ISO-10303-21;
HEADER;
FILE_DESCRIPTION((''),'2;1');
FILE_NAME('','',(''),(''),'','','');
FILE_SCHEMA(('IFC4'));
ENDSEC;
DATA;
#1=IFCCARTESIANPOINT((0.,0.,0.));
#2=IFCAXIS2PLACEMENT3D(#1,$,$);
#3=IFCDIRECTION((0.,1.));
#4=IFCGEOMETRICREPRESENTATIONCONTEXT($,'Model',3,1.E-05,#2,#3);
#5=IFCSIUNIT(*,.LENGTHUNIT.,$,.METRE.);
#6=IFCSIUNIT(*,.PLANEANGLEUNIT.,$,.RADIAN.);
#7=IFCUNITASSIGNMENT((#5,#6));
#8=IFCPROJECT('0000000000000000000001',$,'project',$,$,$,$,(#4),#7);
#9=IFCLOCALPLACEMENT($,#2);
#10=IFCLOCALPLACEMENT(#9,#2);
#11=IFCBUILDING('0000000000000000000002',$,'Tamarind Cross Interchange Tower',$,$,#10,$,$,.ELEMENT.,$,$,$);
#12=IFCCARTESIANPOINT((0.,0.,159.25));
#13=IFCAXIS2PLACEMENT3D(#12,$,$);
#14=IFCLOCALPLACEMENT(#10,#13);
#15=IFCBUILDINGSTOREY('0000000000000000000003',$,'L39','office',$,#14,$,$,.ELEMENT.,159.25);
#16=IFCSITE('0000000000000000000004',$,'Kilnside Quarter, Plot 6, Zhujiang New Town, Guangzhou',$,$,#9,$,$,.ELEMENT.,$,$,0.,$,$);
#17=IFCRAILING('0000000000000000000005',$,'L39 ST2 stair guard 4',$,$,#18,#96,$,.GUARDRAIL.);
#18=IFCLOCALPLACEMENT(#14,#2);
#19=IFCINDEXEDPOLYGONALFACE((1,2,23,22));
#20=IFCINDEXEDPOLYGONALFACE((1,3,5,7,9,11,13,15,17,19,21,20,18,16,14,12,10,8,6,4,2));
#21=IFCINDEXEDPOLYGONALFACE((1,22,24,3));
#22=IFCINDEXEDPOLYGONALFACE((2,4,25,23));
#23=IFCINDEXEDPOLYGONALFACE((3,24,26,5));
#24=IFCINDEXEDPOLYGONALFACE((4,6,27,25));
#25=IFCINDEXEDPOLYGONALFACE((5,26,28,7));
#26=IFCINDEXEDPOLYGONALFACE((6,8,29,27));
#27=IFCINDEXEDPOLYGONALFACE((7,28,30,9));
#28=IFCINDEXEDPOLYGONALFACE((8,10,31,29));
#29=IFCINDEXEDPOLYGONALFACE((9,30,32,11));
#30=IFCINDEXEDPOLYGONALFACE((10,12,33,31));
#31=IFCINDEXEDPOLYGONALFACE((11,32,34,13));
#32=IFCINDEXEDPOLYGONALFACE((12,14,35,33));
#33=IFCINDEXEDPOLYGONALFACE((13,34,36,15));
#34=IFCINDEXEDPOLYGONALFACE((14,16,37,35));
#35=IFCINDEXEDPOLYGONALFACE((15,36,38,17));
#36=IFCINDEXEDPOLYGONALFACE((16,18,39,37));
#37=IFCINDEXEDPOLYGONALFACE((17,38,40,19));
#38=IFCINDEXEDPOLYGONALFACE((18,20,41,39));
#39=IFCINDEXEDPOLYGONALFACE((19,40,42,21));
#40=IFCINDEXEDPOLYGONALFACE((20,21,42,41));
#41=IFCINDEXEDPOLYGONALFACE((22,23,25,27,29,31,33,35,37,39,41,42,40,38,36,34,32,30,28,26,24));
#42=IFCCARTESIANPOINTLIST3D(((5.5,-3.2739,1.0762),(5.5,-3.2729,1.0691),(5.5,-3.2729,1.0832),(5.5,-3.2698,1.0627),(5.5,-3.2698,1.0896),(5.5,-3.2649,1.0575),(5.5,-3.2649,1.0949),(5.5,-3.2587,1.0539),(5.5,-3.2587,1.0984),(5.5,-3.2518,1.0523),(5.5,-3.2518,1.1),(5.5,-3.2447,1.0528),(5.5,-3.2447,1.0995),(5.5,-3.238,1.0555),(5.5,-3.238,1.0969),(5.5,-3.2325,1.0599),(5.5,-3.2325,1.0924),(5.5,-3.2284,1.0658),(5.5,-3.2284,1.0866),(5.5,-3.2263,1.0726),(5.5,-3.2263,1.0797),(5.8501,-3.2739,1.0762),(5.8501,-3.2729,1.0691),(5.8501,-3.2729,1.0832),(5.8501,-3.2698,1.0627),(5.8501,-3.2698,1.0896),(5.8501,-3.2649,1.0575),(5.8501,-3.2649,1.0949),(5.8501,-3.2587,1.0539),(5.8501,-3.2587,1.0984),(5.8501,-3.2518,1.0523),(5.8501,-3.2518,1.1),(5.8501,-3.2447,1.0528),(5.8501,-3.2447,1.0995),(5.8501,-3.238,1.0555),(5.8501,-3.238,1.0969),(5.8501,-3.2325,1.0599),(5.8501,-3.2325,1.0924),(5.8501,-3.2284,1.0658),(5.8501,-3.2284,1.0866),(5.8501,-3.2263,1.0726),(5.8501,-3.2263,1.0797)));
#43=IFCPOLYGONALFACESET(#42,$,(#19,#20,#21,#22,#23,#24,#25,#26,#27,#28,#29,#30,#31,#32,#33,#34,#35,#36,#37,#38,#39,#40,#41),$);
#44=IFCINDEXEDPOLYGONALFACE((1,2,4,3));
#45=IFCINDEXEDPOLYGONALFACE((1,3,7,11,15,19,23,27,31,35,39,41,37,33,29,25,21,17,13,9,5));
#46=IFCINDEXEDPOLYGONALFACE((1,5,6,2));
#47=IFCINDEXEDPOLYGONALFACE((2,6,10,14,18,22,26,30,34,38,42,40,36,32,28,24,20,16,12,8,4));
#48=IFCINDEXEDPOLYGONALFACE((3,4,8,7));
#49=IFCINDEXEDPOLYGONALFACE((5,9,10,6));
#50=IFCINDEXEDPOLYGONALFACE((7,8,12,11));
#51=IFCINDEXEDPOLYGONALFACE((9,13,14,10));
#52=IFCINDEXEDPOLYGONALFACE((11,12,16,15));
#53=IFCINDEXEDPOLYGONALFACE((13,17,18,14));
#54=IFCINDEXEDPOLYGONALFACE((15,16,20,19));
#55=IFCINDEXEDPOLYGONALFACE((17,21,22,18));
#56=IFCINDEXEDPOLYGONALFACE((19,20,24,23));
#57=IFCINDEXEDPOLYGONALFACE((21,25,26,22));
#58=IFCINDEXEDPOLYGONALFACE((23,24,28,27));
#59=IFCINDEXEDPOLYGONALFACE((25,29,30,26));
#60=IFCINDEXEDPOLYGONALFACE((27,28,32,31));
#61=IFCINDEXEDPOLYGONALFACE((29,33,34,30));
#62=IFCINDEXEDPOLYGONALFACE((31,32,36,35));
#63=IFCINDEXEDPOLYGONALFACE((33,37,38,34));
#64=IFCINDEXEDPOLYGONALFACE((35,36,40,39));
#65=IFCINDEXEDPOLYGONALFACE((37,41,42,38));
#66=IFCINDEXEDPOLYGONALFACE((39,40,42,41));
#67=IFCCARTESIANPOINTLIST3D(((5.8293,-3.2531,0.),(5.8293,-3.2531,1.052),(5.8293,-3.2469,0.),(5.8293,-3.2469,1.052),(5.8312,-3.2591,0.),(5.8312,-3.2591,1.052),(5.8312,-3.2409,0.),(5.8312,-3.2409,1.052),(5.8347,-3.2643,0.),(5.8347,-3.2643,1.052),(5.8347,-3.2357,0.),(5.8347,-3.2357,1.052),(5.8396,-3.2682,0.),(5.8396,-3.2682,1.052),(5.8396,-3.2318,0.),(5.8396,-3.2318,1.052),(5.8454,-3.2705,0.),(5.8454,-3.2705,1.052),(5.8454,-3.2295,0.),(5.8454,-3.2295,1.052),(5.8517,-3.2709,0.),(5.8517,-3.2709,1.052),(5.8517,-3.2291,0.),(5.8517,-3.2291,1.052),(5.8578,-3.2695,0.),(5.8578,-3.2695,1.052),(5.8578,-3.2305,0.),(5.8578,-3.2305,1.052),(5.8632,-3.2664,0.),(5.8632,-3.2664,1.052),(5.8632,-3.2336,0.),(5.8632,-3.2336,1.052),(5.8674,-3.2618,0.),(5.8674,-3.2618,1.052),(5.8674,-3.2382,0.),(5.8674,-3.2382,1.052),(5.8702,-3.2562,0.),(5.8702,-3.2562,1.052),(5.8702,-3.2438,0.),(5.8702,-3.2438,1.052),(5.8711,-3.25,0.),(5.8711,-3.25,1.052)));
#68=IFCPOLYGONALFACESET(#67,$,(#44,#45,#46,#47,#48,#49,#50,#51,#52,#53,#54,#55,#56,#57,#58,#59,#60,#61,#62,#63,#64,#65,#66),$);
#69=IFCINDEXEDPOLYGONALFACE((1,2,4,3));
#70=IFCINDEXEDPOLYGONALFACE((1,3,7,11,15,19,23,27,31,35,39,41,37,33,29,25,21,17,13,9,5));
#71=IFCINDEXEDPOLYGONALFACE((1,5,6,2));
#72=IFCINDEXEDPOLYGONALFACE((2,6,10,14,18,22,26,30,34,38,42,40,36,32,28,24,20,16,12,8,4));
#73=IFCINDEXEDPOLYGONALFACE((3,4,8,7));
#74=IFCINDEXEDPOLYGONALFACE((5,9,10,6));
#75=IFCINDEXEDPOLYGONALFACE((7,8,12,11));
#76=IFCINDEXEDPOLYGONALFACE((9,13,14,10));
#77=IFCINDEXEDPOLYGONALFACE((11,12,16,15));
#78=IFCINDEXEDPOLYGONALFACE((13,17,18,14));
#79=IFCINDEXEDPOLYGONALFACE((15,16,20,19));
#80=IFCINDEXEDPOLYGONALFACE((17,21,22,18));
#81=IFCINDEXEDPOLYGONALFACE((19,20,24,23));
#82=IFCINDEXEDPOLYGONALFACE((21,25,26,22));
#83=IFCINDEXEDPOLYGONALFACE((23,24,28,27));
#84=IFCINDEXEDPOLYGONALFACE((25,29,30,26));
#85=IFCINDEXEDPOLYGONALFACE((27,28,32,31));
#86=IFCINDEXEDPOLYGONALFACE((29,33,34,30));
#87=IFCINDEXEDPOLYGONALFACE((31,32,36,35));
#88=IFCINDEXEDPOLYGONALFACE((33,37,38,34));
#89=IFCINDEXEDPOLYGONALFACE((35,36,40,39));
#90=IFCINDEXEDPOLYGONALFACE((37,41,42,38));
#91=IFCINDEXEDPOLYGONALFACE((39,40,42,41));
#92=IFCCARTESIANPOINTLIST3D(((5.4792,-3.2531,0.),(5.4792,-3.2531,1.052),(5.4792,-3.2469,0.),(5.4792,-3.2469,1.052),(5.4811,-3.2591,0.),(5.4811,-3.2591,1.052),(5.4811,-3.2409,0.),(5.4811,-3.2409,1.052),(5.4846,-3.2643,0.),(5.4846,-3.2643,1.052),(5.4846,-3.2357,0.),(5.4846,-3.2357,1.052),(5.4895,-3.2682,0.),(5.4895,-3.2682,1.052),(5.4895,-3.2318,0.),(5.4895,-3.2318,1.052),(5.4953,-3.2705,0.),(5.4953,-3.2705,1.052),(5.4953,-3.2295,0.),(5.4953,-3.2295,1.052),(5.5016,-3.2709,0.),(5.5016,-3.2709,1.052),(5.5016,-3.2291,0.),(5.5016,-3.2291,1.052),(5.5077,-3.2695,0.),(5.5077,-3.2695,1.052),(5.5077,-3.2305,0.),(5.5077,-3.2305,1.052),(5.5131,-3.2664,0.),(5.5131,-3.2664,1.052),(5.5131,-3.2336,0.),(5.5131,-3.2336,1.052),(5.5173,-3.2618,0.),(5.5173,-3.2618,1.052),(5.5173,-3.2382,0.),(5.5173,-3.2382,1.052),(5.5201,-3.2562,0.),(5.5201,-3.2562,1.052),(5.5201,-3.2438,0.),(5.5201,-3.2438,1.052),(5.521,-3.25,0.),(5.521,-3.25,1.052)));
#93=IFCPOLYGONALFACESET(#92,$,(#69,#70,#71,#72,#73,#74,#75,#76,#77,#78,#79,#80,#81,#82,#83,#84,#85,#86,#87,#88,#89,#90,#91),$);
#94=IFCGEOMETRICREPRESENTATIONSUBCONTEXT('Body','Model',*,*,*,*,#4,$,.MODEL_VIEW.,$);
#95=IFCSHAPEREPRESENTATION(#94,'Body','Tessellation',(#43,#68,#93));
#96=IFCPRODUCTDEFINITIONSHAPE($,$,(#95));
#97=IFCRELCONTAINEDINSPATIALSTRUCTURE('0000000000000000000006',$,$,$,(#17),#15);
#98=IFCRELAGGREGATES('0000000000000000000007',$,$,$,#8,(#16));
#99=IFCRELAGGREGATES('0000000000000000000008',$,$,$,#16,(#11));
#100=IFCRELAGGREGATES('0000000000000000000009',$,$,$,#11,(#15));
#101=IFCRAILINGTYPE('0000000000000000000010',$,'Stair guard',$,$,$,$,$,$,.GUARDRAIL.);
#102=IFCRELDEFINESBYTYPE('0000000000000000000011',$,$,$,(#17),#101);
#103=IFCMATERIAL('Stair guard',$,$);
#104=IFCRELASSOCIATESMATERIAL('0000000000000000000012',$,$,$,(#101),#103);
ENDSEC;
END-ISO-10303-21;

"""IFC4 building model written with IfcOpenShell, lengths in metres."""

from ifc_helpers import new_model, si_unit, direction, frame, origin, origin_2d, place, context, subcontext, project, spatial, circle, extrude, material, type_object, element, save


model = new_model("IFC4")

# Units and contexts
model_context = context("Model", 3, precision=1e-05, world=origin(), true_north=direction((0.0, 1.0)))
body_context = subcontext(model_context, "Body", "Model", "MODEL_VIEW")
ifc_project = project(units=[si_unit("LENGTHUNIT", "METRE"), si_unit("PLANEANGLEUNIT", "RADIAN")], contexts=[model_context])

# Site, building, storey
site_placement = place(None, origin())
site = spatial("IfcSite", under=ifc_project, at=site_placement, Name="Kilnside Quarter, Plot 6, Zhujiang New Town, Guangzhou", CompositionType="ELEMENT", RefElevation=0.0)
building_placement = place(site_placement, origin())
building = spatial("IfcBuilding", under=site, at=building_placement, Name="Tamarind Cross Interchange Tower", CompositionType="ELEMENT")
storey_placement = place(building_placement, frame((0.0, 0.0, 159.25)))
storey = spatial("IfcBuildingStorey", under=building, at=storey_placement, Name="L39", Description="office", CompositionType="ELEMENT", Elevation=159.25)

# Railing
ifc_material_1 = material(Name="Stair guard")
railing_type_1 = type_object("IfcRailingType", Name="Stair guard", PredefinedType="GUARDRAIL", material=ifc_material_1)
railing_1_placement = place(storey_placement, frame((5.8501, -3.25, 0.0)))
element("IfcRailing", 1, at=railing_1_placement, inside=storey, type_object=railing_type_1, Name="L39 ST2 stair guard 4", PredefinedType="GUARDRAIL", context=body_context, shape_type="SweptSolid", body=[
    extrude(circle(Radius=0.0239, at=origin_2d()), frame((0.0, 0.0, 1.0762), z_axis=(-1.0, 0.0, 0.0), x_axis=(0.0, -1.0, 0.0)), (0.0, 0.0, 1.0), 0.3501),
    extrude(circle(Radius=0.021, at=origin_2d()), origin(), (0.0, 0.0, 1.0), 1.052),
    extrude(circle(Radius=0.021, at=origin_2d()), frame((-0.3501, 0.0, 0.0)), (0.0, 0.0, 1.0), 1.052),
])

save(model, "model.ifc")
